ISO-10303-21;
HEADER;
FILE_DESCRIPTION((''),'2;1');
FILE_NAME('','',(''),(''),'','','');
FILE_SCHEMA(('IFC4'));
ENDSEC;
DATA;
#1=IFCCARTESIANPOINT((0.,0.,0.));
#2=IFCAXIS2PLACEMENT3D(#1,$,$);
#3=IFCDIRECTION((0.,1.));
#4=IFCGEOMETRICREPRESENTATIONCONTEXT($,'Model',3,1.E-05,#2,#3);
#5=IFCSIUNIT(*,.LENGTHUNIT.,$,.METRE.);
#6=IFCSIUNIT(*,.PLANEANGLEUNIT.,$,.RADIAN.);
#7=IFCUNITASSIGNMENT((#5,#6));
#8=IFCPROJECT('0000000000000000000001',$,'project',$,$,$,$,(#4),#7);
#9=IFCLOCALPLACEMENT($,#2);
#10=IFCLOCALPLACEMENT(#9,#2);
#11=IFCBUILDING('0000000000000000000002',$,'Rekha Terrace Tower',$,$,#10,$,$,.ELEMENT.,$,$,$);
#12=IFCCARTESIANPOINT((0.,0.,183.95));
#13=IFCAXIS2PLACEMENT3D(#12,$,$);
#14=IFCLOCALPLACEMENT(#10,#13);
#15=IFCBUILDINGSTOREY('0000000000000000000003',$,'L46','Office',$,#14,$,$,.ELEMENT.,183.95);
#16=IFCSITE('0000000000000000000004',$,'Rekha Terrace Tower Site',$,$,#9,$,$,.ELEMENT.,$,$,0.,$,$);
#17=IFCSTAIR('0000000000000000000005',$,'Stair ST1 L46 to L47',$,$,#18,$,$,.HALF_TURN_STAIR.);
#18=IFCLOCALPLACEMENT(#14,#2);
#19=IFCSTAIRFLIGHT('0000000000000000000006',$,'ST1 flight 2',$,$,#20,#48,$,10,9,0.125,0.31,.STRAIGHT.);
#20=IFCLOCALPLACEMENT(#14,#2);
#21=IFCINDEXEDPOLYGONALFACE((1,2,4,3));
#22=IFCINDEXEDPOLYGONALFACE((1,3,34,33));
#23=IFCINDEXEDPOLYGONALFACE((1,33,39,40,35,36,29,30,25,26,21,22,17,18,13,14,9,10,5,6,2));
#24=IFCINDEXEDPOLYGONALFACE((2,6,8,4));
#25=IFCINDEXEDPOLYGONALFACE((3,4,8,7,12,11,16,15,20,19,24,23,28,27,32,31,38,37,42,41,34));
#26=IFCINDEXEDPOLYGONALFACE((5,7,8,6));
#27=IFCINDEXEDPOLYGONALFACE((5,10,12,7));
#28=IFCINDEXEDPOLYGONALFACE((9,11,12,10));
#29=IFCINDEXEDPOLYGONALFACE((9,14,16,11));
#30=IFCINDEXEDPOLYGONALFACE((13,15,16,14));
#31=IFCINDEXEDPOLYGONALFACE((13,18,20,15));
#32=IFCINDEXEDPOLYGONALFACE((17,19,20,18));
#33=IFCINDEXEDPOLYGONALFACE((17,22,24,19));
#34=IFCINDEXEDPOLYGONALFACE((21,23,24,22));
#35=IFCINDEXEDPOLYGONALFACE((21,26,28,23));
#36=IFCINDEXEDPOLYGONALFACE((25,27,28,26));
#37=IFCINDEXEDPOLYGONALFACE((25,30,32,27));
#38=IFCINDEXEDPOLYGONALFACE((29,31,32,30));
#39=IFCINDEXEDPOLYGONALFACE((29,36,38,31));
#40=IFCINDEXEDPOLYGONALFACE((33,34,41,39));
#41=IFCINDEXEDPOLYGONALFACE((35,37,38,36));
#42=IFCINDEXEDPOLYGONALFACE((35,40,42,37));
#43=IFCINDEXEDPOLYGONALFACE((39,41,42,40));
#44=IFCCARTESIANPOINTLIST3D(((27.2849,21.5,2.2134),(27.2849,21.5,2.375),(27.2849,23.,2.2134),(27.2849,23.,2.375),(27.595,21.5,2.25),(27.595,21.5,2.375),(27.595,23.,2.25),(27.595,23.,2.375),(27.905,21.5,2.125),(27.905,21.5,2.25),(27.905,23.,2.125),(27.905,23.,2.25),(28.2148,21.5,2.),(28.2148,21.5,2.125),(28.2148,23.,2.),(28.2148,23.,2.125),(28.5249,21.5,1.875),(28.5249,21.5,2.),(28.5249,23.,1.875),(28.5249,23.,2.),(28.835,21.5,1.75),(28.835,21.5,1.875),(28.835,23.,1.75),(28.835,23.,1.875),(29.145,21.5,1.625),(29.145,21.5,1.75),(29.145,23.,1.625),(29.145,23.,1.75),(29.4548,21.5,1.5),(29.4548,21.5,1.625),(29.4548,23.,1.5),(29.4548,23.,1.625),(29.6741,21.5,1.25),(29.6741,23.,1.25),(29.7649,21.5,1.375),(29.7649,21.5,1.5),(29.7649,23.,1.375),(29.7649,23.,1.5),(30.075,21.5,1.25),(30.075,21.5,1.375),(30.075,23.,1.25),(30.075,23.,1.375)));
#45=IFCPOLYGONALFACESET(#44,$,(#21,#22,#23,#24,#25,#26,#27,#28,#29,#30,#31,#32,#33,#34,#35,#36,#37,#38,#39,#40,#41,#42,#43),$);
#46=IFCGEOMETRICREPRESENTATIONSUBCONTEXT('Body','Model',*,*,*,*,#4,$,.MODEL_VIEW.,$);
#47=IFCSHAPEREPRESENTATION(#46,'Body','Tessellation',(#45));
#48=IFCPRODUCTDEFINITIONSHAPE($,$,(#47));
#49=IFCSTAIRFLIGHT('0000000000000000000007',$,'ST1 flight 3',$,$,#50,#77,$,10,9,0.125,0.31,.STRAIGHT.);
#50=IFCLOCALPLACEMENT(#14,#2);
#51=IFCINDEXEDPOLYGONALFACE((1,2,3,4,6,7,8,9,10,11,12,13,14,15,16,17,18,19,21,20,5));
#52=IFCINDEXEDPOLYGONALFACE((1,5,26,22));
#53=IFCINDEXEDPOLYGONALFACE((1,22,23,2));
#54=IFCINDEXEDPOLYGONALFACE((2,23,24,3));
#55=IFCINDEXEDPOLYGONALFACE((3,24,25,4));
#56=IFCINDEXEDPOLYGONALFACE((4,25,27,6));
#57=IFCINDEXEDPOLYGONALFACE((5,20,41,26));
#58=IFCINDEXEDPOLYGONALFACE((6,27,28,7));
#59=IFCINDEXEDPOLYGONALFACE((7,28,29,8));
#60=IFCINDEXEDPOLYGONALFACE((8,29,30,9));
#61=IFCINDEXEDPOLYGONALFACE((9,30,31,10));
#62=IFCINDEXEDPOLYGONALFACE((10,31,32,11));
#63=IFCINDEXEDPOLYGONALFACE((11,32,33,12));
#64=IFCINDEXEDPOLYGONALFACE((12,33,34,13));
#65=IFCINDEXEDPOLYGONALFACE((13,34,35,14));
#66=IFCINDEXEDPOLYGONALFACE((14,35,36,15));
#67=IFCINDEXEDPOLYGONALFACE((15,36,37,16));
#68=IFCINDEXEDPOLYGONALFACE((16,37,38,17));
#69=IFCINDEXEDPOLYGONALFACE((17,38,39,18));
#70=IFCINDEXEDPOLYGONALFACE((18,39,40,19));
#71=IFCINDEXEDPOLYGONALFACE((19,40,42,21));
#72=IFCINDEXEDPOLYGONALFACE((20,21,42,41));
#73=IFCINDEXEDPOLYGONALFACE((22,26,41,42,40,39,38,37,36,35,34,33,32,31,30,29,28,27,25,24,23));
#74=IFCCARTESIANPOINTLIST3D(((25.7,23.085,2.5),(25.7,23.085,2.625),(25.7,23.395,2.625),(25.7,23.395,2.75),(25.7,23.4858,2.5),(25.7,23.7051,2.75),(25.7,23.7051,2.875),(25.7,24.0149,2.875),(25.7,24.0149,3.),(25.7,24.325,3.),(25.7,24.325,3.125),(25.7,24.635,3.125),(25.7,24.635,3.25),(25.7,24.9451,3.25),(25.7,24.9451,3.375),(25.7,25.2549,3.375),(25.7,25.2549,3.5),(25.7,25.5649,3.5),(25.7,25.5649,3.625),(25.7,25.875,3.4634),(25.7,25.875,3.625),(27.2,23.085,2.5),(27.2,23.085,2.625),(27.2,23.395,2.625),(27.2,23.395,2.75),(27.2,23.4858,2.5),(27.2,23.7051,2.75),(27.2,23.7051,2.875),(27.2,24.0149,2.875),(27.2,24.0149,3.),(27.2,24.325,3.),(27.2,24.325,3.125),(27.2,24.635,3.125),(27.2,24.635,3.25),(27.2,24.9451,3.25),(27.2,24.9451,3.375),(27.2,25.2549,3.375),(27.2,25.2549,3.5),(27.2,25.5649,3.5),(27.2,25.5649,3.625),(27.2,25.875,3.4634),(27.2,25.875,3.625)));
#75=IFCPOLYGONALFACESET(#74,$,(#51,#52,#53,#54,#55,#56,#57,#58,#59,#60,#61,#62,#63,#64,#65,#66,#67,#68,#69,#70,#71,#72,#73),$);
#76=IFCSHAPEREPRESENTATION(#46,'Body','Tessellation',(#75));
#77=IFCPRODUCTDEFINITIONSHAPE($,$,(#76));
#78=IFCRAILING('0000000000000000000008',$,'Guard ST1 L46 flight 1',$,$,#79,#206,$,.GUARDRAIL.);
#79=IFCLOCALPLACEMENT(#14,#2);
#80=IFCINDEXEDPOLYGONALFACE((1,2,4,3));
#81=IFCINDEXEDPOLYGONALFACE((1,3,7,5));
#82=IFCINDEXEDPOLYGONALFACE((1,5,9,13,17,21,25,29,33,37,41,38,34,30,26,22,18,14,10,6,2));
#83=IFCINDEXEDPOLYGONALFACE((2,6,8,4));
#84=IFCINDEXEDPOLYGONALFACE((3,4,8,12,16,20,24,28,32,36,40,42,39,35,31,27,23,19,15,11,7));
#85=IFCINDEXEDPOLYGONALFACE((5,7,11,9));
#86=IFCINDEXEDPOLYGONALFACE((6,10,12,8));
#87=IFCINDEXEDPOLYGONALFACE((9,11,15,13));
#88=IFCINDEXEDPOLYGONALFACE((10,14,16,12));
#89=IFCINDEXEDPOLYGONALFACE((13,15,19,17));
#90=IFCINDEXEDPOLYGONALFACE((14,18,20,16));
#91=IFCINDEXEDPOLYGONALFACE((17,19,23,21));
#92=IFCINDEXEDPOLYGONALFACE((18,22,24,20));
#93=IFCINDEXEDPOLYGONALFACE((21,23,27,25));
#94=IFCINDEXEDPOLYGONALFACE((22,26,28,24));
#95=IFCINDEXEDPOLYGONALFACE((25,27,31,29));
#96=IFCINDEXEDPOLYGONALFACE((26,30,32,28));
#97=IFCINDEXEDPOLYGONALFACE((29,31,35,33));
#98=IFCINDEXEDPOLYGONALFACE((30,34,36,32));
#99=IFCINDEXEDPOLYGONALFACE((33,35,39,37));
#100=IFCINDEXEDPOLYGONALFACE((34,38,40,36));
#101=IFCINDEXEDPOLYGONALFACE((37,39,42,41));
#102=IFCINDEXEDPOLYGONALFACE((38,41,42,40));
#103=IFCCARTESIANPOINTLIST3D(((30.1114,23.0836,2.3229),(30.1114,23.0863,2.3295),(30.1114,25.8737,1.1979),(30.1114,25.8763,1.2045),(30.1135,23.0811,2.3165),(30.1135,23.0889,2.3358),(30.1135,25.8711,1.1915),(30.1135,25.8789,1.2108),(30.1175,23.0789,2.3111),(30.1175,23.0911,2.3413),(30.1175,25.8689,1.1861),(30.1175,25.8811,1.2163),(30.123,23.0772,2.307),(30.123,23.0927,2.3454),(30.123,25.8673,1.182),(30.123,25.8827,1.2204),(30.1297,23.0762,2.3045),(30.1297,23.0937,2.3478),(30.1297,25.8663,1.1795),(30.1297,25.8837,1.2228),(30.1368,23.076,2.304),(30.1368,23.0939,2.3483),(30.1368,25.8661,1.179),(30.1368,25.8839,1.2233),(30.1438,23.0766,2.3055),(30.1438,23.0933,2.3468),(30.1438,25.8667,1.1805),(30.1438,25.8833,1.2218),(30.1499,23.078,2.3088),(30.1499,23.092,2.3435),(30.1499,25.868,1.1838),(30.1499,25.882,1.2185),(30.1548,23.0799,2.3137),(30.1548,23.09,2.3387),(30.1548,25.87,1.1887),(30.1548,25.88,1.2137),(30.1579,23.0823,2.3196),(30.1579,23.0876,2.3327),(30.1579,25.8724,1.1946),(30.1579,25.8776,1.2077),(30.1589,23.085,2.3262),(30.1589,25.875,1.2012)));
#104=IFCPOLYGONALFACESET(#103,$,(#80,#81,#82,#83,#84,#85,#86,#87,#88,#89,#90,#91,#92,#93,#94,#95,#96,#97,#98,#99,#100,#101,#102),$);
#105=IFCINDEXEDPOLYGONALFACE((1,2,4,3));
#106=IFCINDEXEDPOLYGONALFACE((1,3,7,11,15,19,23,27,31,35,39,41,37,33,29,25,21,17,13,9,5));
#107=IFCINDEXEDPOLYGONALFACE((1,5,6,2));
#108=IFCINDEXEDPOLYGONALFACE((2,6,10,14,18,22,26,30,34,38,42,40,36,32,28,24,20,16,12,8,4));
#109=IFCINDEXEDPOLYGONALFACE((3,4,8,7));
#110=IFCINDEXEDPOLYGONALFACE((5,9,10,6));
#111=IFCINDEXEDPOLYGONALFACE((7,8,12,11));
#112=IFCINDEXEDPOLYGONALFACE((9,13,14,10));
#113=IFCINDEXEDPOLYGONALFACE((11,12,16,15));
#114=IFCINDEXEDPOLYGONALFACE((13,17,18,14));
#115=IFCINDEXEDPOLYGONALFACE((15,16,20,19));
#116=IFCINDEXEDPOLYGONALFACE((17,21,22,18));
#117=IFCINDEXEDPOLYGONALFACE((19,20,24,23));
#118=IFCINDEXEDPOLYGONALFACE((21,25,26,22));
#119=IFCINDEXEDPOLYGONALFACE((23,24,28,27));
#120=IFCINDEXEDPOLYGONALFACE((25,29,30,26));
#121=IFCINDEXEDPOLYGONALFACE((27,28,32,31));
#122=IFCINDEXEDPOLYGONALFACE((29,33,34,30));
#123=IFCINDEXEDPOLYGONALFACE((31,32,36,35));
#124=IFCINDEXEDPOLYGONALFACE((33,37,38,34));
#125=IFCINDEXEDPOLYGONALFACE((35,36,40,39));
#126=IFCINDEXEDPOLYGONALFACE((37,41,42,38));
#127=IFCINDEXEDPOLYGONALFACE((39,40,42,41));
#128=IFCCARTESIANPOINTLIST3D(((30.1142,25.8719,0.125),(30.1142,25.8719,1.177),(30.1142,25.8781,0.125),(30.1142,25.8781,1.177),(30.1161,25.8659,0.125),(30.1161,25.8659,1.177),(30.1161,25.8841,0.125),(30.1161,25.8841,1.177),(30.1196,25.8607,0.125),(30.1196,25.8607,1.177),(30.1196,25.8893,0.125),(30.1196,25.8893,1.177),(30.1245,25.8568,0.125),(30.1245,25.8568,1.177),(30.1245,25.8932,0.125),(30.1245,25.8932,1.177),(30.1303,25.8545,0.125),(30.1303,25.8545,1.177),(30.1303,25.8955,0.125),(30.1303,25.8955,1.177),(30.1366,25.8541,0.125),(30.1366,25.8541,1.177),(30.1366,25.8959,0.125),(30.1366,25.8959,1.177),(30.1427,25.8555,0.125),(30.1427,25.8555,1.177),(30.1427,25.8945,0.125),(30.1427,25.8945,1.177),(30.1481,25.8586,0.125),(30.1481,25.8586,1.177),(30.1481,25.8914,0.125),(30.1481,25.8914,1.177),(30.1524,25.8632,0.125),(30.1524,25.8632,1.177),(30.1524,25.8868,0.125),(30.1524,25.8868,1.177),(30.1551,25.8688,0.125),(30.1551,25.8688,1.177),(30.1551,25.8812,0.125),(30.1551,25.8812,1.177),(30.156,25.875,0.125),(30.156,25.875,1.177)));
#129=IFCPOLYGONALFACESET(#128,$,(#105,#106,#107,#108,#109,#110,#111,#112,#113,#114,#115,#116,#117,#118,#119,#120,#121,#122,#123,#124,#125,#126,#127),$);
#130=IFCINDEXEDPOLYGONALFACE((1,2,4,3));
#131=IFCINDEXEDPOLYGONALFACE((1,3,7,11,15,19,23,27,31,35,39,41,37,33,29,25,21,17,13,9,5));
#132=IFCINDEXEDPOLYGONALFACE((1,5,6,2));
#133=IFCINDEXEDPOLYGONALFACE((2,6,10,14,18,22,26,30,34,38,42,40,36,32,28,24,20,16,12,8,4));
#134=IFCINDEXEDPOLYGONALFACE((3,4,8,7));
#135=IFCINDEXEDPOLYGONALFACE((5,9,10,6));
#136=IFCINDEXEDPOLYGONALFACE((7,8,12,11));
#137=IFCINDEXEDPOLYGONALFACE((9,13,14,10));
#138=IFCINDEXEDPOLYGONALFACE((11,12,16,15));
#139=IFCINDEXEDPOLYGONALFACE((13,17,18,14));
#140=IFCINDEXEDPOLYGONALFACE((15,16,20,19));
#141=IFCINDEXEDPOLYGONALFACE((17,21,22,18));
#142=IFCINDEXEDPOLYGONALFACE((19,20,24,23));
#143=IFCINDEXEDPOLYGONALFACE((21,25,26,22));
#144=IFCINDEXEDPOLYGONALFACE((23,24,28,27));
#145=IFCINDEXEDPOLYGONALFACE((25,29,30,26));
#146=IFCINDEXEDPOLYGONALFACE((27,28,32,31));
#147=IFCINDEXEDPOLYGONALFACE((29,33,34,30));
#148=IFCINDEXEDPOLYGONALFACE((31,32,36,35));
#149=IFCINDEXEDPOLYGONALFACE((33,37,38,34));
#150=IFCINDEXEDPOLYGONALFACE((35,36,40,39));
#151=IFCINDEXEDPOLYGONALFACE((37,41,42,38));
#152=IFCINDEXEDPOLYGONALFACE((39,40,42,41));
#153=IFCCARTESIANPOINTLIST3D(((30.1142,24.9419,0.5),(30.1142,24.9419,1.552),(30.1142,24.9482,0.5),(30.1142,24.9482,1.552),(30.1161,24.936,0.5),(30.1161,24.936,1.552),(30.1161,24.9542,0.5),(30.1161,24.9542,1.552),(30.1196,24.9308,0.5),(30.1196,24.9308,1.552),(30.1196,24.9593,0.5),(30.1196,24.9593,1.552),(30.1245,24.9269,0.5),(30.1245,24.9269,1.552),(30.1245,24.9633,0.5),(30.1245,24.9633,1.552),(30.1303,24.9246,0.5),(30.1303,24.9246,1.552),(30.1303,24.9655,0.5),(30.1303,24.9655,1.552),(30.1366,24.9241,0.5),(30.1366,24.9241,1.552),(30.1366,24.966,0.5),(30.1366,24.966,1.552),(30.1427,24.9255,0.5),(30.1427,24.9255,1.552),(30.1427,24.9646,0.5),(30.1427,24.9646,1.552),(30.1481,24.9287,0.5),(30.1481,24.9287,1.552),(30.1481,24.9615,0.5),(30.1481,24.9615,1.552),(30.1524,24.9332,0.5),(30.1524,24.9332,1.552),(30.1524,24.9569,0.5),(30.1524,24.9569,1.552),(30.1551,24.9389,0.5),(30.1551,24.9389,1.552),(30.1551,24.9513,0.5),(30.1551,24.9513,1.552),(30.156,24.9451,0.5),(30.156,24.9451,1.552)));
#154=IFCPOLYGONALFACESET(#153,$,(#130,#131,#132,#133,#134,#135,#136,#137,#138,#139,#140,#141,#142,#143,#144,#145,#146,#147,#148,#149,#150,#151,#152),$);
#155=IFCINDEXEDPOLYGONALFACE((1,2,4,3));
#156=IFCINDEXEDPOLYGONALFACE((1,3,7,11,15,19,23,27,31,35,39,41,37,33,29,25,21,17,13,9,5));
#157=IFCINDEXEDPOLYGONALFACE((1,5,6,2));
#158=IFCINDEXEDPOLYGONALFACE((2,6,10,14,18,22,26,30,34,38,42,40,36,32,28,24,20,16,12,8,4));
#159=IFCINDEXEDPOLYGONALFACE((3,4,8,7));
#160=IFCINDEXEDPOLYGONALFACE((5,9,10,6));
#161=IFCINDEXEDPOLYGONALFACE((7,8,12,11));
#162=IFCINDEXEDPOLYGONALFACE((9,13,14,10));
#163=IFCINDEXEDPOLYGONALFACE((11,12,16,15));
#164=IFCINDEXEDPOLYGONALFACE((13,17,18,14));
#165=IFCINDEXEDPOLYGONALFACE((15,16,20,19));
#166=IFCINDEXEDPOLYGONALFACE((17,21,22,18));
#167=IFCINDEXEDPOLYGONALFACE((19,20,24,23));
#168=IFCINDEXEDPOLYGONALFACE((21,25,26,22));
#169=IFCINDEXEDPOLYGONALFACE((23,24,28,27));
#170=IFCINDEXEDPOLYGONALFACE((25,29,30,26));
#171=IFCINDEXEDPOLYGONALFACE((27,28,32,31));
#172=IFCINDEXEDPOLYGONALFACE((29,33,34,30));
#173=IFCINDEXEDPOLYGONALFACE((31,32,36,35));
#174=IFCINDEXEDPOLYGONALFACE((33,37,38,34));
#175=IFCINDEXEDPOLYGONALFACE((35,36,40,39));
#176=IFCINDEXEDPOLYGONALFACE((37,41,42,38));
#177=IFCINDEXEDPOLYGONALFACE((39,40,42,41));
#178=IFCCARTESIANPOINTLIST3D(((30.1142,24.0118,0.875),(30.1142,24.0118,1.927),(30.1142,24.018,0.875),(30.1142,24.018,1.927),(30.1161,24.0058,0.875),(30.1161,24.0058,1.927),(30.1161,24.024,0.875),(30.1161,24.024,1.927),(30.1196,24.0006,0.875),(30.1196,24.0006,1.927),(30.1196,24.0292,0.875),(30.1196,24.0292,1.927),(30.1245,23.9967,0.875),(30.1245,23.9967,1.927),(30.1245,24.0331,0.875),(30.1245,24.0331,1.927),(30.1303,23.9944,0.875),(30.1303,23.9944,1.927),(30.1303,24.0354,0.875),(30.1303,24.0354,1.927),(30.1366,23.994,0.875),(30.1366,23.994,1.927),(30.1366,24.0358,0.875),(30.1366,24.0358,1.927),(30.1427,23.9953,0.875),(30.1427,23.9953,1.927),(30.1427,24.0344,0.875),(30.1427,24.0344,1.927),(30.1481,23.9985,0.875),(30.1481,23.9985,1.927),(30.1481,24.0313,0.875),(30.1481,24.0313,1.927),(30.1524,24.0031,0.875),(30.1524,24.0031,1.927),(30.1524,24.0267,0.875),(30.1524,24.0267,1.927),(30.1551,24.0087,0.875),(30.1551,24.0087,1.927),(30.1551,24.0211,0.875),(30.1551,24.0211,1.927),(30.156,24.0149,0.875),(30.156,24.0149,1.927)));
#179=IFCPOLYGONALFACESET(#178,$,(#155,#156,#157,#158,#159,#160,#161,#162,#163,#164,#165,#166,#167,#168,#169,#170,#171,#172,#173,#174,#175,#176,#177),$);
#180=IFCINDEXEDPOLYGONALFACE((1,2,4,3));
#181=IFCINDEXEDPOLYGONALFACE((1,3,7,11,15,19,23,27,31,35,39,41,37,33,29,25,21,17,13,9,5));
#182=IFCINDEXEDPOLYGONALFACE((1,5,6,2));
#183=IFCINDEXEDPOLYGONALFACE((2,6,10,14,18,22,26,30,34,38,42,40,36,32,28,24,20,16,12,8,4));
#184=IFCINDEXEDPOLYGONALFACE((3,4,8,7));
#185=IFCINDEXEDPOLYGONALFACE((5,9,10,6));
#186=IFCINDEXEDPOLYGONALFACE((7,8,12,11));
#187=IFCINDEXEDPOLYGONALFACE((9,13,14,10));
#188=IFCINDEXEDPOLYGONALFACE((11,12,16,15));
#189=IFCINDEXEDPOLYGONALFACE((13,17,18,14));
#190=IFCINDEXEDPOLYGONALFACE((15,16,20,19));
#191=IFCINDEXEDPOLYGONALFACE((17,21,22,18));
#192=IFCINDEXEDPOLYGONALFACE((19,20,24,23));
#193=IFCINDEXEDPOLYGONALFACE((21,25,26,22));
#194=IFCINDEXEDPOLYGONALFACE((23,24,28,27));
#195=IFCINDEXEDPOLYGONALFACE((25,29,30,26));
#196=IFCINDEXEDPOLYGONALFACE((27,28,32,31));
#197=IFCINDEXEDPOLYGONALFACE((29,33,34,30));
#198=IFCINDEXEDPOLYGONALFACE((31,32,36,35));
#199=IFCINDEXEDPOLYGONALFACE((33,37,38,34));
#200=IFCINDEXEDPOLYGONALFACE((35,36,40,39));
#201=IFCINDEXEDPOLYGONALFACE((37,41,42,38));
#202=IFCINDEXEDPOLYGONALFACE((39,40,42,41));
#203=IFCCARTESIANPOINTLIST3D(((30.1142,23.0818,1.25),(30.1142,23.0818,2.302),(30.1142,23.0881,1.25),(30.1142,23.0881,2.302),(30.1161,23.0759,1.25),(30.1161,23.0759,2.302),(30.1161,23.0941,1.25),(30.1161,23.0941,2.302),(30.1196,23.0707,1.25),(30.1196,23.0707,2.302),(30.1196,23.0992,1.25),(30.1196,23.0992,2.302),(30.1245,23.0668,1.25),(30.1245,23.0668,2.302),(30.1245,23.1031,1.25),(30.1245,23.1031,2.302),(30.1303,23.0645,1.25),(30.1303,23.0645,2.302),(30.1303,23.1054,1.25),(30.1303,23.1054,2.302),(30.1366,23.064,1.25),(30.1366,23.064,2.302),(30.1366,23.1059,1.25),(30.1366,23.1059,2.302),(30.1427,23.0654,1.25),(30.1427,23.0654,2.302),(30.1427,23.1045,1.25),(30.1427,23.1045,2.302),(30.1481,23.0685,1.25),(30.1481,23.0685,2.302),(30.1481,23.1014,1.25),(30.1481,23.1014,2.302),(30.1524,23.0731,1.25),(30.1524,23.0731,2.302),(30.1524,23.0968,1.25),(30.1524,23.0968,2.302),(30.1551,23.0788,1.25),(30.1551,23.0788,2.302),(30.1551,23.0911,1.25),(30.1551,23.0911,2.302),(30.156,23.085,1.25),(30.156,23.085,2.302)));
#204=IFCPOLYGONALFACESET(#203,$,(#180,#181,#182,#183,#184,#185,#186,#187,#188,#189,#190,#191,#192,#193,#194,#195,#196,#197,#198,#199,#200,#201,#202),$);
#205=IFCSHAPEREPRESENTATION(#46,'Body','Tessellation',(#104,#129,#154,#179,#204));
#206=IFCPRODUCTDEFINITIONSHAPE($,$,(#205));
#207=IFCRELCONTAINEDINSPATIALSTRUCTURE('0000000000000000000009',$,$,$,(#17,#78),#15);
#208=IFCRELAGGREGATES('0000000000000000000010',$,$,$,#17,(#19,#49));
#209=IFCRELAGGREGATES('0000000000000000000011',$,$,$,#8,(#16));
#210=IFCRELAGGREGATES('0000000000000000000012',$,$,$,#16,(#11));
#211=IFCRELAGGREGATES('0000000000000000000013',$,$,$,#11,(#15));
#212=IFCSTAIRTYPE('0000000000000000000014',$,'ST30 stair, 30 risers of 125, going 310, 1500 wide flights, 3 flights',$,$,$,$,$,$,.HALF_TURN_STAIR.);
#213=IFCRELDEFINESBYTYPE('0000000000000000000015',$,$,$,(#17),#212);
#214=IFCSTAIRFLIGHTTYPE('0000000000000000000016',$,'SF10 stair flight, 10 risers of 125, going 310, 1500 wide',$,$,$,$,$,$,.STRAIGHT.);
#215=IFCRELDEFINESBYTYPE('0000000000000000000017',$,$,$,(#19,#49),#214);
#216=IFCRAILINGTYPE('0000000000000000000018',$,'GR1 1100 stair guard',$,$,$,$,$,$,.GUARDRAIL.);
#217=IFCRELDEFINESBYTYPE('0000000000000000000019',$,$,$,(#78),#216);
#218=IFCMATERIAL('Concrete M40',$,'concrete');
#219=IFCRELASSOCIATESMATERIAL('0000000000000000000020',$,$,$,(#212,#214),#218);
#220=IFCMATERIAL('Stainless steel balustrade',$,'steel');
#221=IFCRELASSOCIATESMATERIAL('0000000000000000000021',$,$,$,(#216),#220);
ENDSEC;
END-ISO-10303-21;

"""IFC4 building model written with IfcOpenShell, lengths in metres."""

from ifc_helpers import new_model, si_unit, direction, frame, origin, origin_2d, place, context, subcontext, project, spatial, polyline, circle, outline, extrude, material, type_object, element, aggregate, save


model = new_model("IFC4")

# Units and contexts
model_context = context("Model", 3, precision=1e-05, world=origin(), true_north=direction((0.0, 1.0)))
body_context = subcontext(model_context, "Body", "Model", "MODEL_VIEW")
ifc_project = project(units=[si_unit("LENGTHUNIT", "METRE"), si_unit("PLANEANGLEUNIT", "RADIAN")], contexts=[model_context])

# Site, building, storey
site_placement = place(None, origin())
site = spatial("IfcSite", under=ifc_project, at=site_placement, Name="Rekha Terrace Tower Site", CompositionType="ELEMENT", RefElevation=0.0)
building_placement = place(site_placement, origin())
building = spatial("IfcBuilding", under=site, at=building_placement, Name="Rekha Terrace Tower", CompositionType="ELEMENT")
storey_placement = place(building_placement, frame((0.0, 0.0, 183.95)))
storey = spatial("IfcBuildingStorey", under=building, at=storey_placement, Name="L46", Description="Office", CompositionType="ELEMENT", Elevation=183.95)

# Stair, stair flights
ifc_material_1 = material(Name="Concrete M40", Category="concrete")
stair_type = type_object("IfcStairType", Name="ST30 stair, 30 risers of 125, going 310, 1500 wide flights, 3 flights", PredefinedType="HALF_TURN_STAIR", material=ifc_material_1)
stair_placement = place(storey_placement, origin())
stair = element("IfcStair", 1, at=stair_placement, inside=storey, type_object=stair_type, Name="Stair ST1 L46 to L47", PredefinedType="HALF_TURN_STAIR")
stair_flight_type = type_object("IfcStairFlightType", Name="SF10 stair flight, 10 risers of 125, going 310, 1500 wide", PredefinedType="STRAIGHT", material=ifc_material_1)
stair_flight_1_placement = place(storey_placement, frame((30.075, 22.25, 1.25), z_axis=(0.0, 0.0, 1.0), x_axis=(-1.0, 0.0, 0.0)))
stair_flight_1 = element("IfcStairFlight", 2, at=stair_flight_1_placement, type_object=stair_flight_type, Name="ST1 flight 2", NumberOfRisers=10, NumberOfTreads=9, PredefinedType="STRAIGHT", RiserHeight=0.125, TreadLength=0.31, context=body_context, shape_type="SweptSolid", body=[
    extrude(outline(polyline([(0.0, 0.0), (0.0, 0.125), (0.3101, 0.125), (0.3101, 0.25), (0.6201, 0.25), (0.6201, 0.375), (0.9299, 0.375), (0.9299, 0.5), (1.24, 0.5), (1.24, 0.625), (1.55, 0.625), (1.55, 0.75), (1.8601, 0.75), (1.8601, 0.875), (2.1699, 0.875), (2.1699, 1.0), (2.48, 1.0), (2.48, 1.125), (2.79, 1.125), (2.79, 1.25), (2.79, 0.9634), (0.4009, 0.0), (0.0, 0.0)])), frame((0.0, 0.75, 0.0), z_axis=(0.0, -1.0, 0.0), x_axis=(1.0, 0.0, 0.0)), (0.0, 0.0, 1.0), 1.5),
])
stair_flight_2_placement = place(storey_placement, frame((26.45, 23.085, 2.5), z_axis=(0.0, 0.0, 1.0), x_axis=(0.0, 1.0, 0.0)))
stair_flight_2 = element("IfcStairFlight", 3, at=stair_flight_2_placement, type_object=stair_flight_type, Name="ST1 flight 3", NumberOfRisers=10, NumberOfTreads=9, PredefinedType="STRAIGHT", RiserHeight=0.125, TreadLength=0.31, context=body_context, shape_type="SweptSolid", body=[
    extrude(outline(polyline([(0.0, 0.0), (0.0, 0.125), (0.3101, 0.125), (0.3101, 0.25), (0.6201, 0.25), (0.6201, 0.375), (0.9299, 0.375), (0.9299, 0.5), (1.24, 0.5), (1.24, 0.625), (1.55, 0.625), (1.55, 0.75), (1.8601, 0.75), (1.8601, 0.875), (2.1699, 0.875), (2.1699, 1.0), (2.48, 1.0), (2.48, 1.125), (2.79, 1.125), (2.79, 1.25), (2.79, 0.9634), (0.4009, 0.0), (0.0, 0.0)])), frame((0.0, 0.75, 0.0), z_axis=(0.0, -1.0, 0.0), x_axis=(1.0, 0.0, 0.0)), (0.0, 0.0, 1.0), 1.5),
])
aggregate(stair, [stair_flight_1, stair_flight_2])

# Railing
ifc_material_2 = material(Name="Stainless steel balustrade", Category="steel")
railing_type_1 = type_object("IfcRailingType", Name="GR1 1100 stair guard", PredefinedType="GUARDRAIL", material=ifc_material_2)
railing_1_placement = place(storey_placement, frame((30.135, 25.875, 0.125)))
element("IfcRailing", 4, at=railing_1_placement, inside=storey, type_object=railing_type_1, Name="Guard ST1 L46 flight 1", PredefinedType="GUARDRAIL", context=body_context, shape_type="SweptSolid", body=[
    extrude(circle(Radius=0.0239, at=origin_2d()), frame((0.0, 0.0, 1.0762), z_axis=(0.0, -0.927443, 0.373964), x_axis=(1.0, 0.0, 0.0)), (0.0, 0.0, 1.0), 3.0083),
    extrude(circle(Radius=0.021, at=origin_2d()), origin(), (0.0, 0.0, 1.0), 1.052),
    extrude(circle(Radius=0.021, at=origin_2d()), frame((0.0, -0.9299, 0.375)), (0.0, 0.0, 1.0), 1.052),
    extrude(circle(Radius=0.021, at=origin_2d()), frame((0.0, -1.8601, 0.75)), (0.0, 0.0, 1.0), 1.052),
    extrude(circle(Radius=0.021, at=origin_2d()), frame((0.0, -2.79, 1.125)), (0.0, 0.0, 1.0), 1.052),
])

save(model, "model.ifc")
